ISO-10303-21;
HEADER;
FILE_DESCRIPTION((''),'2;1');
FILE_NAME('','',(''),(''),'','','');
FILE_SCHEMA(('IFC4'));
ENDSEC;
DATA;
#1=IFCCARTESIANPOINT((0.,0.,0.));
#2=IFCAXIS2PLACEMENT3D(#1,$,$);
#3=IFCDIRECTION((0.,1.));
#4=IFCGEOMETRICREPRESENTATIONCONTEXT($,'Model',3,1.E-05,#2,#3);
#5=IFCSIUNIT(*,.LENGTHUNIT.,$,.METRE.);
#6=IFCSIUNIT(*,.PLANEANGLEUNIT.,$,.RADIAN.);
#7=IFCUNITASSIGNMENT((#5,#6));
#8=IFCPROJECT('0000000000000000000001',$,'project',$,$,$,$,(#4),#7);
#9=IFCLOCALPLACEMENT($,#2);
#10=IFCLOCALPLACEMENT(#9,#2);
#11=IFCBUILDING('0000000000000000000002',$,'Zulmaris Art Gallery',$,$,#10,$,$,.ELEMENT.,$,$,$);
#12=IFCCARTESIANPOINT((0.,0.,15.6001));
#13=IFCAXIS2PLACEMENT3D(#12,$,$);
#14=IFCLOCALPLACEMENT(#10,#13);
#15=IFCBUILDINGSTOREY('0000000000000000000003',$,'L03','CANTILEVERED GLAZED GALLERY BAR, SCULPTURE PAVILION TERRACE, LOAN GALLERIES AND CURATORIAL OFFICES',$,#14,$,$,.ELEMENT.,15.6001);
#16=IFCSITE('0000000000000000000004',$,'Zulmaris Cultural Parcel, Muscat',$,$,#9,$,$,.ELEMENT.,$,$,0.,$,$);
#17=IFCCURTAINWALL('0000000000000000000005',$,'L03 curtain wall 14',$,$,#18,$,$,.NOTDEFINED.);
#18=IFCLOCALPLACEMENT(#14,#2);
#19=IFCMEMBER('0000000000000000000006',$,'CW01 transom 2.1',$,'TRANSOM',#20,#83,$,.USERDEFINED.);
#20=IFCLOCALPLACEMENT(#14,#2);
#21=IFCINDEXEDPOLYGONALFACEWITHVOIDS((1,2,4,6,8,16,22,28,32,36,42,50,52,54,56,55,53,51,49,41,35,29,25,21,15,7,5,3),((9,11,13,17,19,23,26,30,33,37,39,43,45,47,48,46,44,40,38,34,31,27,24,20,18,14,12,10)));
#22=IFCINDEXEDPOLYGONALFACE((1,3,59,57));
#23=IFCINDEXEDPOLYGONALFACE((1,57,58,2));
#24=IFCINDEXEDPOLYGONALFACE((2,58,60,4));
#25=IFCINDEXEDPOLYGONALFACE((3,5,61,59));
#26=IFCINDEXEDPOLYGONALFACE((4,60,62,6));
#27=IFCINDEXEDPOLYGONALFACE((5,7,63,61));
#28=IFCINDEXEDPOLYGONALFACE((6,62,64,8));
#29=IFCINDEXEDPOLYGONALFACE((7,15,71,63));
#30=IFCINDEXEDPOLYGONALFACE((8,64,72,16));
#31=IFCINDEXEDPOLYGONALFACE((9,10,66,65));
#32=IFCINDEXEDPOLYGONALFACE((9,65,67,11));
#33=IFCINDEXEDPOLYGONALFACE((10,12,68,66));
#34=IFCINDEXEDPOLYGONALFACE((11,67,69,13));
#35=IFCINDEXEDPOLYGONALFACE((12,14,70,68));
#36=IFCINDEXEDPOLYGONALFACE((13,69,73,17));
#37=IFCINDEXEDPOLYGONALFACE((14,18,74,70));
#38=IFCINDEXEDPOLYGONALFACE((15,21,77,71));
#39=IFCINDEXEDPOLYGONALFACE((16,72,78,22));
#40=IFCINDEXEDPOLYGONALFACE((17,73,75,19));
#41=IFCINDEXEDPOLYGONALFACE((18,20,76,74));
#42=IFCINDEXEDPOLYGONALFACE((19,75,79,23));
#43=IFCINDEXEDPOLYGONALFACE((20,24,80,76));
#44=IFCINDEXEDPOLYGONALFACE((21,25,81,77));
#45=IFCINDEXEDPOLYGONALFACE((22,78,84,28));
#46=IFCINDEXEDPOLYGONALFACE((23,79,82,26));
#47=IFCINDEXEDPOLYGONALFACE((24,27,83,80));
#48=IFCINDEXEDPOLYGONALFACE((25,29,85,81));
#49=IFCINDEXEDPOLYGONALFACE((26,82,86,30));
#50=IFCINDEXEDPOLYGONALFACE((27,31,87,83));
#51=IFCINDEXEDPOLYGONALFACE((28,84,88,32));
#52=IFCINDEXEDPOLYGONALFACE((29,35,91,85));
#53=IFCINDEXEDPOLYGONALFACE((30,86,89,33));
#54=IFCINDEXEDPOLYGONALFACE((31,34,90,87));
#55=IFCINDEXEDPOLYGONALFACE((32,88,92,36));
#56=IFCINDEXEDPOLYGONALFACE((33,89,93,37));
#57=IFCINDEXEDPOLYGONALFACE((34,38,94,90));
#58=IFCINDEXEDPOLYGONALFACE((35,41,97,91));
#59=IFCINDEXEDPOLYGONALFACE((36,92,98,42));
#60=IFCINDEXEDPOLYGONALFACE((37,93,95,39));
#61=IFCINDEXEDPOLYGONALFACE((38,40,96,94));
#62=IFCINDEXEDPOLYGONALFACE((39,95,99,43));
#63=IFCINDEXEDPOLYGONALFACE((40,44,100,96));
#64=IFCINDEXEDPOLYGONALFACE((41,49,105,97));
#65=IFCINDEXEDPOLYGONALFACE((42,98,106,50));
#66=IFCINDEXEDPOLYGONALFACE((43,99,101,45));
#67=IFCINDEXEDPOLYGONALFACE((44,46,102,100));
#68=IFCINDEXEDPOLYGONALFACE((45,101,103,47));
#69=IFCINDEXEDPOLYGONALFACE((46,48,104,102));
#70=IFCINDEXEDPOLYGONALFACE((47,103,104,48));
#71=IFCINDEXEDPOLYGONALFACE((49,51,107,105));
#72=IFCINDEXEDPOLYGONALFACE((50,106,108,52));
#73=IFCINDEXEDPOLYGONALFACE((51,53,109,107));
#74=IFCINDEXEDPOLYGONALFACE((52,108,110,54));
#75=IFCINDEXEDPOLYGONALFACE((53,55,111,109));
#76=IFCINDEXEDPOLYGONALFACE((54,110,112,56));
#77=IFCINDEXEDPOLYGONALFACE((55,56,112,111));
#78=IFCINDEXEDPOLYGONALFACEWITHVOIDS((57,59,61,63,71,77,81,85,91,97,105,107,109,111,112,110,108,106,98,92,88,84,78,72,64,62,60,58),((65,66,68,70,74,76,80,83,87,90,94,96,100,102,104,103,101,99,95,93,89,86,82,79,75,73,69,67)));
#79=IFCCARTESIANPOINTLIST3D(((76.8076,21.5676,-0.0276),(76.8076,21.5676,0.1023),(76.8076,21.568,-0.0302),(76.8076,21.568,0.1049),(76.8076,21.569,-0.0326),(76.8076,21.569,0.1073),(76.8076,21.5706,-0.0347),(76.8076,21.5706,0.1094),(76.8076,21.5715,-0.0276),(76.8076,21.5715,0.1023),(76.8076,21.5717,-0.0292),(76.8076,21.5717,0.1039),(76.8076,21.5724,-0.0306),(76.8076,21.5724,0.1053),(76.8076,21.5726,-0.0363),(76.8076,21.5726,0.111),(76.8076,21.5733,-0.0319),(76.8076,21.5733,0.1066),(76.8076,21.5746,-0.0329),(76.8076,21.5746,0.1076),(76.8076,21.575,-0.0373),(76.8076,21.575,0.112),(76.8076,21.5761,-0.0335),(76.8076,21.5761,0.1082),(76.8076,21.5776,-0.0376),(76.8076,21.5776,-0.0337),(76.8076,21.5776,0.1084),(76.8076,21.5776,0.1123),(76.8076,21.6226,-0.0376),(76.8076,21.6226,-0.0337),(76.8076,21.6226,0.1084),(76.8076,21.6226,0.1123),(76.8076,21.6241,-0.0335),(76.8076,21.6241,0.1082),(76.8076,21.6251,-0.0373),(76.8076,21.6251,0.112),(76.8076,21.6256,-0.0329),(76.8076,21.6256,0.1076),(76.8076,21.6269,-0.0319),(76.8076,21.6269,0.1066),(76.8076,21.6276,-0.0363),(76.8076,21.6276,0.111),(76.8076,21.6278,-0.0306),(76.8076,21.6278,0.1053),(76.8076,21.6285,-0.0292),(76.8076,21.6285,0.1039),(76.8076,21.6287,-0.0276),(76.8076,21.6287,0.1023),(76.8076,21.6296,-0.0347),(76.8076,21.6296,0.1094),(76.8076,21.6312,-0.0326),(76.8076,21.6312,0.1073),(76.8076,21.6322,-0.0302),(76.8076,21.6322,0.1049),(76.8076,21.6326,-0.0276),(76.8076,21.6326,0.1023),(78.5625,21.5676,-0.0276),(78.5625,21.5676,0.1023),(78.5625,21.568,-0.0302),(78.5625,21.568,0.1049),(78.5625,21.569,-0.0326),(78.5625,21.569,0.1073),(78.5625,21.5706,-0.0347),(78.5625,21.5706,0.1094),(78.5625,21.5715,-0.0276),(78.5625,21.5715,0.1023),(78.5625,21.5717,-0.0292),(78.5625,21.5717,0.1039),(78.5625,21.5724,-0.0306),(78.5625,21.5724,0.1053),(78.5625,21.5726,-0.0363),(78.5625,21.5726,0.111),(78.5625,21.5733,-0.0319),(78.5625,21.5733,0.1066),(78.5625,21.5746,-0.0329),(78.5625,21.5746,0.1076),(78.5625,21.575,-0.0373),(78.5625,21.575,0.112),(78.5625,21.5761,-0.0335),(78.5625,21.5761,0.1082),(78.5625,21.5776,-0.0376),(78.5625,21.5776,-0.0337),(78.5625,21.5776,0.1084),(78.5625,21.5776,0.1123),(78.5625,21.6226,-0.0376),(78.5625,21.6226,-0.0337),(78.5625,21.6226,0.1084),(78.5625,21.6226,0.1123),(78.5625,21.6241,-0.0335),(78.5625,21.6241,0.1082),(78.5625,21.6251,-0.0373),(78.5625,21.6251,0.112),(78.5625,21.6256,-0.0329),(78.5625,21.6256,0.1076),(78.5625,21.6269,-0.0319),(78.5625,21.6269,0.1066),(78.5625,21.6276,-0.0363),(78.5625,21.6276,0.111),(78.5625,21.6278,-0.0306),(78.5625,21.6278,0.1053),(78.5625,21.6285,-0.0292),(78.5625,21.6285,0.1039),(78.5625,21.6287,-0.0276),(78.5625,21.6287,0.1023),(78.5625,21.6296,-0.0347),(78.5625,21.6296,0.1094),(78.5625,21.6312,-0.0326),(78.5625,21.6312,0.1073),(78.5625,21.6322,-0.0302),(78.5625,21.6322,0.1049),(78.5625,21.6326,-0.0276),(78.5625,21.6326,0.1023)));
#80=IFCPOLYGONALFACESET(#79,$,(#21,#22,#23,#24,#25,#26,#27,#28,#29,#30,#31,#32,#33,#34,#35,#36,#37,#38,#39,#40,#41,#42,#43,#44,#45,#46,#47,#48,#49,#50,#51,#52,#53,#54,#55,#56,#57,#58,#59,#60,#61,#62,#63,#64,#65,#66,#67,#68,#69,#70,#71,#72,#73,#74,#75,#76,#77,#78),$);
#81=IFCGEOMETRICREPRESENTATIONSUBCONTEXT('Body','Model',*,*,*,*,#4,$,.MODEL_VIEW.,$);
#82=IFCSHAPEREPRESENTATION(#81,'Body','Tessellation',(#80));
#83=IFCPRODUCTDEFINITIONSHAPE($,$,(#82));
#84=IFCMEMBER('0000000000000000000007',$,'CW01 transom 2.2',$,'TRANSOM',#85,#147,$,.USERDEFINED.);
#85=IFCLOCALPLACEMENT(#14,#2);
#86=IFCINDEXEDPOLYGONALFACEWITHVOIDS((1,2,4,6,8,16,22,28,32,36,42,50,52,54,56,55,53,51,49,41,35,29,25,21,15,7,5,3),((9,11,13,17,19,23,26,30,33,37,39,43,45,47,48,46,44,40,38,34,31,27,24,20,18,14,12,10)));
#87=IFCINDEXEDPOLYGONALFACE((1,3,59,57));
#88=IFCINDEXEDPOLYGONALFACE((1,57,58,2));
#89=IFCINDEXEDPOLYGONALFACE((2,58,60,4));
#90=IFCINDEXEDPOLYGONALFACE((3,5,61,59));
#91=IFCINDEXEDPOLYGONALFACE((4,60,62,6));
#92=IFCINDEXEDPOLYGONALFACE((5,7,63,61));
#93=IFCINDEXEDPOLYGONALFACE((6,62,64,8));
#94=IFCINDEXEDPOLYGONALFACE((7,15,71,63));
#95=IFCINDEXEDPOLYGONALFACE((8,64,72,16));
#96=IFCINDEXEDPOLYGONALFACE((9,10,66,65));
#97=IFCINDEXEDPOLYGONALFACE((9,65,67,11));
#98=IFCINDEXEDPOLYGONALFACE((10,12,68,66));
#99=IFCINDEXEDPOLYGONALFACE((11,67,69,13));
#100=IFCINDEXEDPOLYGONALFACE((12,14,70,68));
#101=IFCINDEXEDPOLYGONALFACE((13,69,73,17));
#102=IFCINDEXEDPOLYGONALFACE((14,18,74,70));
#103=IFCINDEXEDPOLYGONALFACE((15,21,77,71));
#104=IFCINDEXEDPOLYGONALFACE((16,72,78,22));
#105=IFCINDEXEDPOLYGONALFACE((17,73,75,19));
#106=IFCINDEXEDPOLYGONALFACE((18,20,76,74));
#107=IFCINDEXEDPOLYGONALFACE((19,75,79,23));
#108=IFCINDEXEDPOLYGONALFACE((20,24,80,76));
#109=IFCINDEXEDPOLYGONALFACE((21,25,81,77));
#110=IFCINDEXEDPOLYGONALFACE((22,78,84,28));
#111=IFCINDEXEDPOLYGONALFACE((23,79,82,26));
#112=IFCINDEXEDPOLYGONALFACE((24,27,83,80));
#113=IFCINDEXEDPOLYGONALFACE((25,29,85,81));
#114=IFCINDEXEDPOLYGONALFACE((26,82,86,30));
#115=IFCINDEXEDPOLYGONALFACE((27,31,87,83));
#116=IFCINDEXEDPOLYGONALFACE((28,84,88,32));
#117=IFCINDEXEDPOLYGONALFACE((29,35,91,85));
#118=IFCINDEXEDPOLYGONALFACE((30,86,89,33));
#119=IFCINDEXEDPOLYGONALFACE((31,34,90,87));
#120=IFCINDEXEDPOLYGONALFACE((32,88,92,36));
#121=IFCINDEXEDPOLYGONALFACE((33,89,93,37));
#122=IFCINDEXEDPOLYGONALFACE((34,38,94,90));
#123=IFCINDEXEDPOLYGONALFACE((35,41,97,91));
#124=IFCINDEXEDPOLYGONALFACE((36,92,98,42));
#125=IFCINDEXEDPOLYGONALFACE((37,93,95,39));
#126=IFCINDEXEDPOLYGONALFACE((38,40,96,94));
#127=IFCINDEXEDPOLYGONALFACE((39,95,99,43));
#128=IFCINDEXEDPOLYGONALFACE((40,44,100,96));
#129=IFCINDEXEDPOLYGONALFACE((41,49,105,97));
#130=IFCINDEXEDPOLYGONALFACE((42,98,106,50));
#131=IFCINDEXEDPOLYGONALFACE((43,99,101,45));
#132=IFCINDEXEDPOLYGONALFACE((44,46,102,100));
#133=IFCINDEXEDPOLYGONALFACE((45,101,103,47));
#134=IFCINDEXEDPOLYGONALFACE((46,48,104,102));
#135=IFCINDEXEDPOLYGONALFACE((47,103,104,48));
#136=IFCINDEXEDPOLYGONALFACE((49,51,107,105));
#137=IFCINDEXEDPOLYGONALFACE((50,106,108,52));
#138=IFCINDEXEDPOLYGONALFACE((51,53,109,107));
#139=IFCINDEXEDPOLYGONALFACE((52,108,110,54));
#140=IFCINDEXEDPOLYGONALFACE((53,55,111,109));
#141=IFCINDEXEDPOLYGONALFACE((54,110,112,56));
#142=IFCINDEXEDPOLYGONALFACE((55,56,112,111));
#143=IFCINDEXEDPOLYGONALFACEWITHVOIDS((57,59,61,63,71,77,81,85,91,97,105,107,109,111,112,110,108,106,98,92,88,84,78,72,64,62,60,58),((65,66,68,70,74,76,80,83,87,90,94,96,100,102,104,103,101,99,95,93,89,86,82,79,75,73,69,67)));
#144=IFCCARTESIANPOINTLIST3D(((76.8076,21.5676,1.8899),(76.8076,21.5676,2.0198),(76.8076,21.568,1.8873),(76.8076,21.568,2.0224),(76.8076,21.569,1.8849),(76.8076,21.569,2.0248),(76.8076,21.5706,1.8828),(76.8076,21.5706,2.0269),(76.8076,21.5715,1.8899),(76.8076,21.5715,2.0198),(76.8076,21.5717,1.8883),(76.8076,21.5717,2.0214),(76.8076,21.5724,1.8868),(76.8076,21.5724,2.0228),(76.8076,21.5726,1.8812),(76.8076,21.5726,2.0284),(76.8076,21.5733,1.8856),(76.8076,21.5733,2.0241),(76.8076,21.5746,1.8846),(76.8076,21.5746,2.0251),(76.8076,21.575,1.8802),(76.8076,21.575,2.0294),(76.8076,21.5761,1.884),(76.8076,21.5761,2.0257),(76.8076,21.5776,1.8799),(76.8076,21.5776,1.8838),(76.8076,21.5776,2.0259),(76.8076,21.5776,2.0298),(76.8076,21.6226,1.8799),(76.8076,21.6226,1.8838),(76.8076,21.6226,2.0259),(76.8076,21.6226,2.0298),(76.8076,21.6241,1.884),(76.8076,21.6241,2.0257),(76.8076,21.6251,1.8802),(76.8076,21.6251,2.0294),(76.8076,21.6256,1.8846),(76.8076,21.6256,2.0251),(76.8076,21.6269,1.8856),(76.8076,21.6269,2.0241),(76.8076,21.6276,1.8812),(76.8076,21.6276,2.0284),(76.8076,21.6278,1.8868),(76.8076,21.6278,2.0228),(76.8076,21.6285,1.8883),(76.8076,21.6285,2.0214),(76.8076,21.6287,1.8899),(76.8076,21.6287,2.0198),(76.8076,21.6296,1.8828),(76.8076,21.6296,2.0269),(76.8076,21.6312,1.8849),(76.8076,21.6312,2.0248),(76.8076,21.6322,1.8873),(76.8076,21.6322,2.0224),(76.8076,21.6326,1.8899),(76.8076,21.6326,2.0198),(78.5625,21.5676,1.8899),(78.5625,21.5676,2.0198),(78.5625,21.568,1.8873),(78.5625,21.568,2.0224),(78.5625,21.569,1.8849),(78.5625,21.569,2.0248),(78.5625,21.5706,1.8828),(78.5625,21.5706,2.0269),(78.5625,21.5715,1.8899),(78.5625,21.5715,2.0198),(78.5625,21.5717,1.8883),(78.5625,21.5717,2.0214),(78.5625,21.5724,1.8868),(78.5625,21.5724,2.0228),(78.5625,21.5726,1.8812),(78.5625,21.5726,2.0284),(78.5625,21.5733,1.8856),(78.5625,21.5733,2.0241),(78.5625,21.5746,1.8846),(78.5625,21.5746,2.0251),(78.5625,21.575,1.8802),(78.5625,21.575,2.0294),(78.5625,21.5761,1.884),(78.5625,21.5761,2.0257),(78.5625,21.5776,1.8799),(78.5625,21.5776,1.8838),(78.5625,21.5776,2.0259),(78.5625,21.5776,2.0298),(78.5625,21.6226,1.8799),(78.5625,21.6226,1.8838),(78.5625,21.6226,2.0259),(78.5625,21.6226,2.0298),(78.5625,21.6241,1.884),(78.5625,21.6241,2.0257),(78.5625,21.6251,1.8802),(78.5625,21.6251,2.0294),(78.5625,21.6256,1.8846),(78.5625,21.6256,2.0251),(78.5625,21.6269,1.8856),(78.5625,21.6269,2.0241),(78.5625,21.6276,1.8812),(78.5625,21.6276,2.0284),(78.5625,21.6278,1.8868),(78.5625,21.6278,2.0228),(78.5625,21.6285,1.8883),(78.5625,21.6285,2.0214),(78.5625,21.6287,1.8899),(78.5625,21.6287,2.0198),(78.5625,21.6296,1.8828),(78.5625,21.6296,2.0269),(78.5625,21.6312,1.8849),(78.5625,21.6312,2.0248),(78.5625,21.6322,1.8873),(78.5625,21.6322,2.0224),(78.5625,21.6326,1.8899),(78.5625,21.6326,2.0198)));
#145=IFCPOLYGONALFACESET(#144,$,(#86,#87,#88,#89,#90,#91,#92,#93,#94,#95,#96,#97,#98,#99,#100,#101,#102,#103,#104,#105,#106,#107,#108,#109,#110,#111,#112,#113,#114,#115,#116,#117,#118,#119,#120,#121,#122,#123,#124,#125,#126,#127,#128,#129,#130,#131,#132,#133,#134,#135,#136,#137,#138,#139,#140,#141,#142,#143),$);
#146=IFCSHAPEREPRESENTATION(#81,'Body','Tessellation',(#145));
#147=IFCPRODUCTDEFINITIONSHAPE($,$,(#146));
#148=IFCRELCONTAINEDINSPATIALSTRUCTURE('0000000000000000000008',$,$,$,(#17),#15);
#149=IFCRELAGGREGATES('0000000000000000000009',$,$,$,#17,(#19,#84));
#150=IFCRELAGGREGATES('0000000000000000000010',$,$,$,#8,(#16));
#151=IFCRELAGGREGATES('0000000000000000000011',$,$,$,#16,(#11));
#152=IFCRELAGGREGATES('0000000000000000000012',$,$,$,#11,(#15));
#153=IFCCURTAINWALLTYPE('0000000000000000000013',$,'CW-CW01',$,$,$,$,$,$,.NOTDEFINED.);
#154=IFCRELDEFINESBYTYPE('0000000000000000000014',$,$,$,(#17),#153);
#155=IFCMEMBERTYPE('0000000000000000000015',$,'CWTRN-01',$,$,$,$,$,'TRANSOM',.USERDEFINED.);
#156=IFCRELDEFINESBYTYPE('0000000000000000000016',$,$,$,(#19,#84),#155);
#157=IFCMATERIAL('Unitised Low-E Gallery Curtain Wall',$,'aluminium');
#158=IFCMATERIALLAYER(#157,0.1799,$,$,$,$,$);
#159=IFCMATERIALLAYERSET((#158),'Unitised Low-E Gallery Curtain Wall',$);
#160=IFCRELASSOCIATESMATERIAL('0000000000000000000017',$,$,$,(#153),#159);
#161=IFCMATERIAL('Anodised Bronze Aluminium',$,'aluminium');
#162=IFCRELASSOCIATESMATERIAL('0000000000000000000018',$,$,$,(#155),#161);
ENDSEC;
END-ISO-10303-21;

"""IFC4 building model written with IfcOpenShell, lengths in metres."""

from ifc_helpers import new_model, si_unit, direction, frame, origin, origin_2d, place, context, subcontext, project, spatial, hollow_rectangle, extrude, material, layer, layer_set, material_profile, profile_set, type_object, element, aggregate, save


model = new_model("IFC4")

# Units and contexts
model_context = context("Model", 3, precision=1e-05, world=origin(), true_north=direction((0.0, 1.0)))
body_context = subcontext(model_context, "Body", "Model", "MODEL_VIEW")
ifc_project = project(units=[si_unit("LENGTHUNIT", "METRE"), si_unit("PLANEANGLEUNIT", "RADIAN")], contexts=[model_context])

# Site, building, storey
site_placement = place(None, origin())
site = spatial("IfcSite", under=ifc_project, at=site_placement, Name="Zulmaris Cultural Parcel, Muscat", CompositionType="ELEMENT", RefElevation=0.0)
building_placement = place(site_placement, origin())
building = spatial("IfcBuilding", under=site, at=building_placement, Name="Zulmaris Art Gallery", CompositionType="ELEMENT")
storey_placement = place(building_placement, frame((0.0, 0.0, 15.6001)))
storey = spatial("IfcBuildingStorey", under=building, at=storey_placement, Name="L03", Description="CANTILEVERED GLAZED GALLERY BAR, SCULPTURE PAVILION TERRACE, LOAN GALLERIES AND CURATORIAL OFFICES", CompositionType="ELEMENT", Elevation=15.6001)

# Curtain wall
ifc_material_1 = material(Name="Unitised Low-E Gallery Curtain Wall", Category="aluminium")
ifc_layer_1 = layer(ifc_material_1, 0.1799)
ifc_layer_set_1 = layer_set([ifc_layer_1], Name="Unitised Low-E Gallery Curtain Wall")
curtain_wall_type_1 = type_object("IfcCurtainWallType", Name="CW-CW01", PredefinedType="NOTDEFINED", material=ifc_layer_set_1)
curtain_wall_1_placement = place(storey_placement, origin())
curtain_wall_1 = element("IfcCurtainWall", 1, at=curtain_wall_1_placement, inside=storey, type_object=curtain_wall_type_1, Name="L03 curtain wall 14", PredefinedType="NOTDEFINED")
ifc_material_2 = material(Name="Anodised Bronze Aluminium", Category="aluminium")

# Members
ifc_material_profile_1 = material_profile(ifc_material_2, hollow_rectangle(XDim=0.0649, YDim=0.1499, WallThickness=0.0039, InnerFilletRadius=0.0061, OuterFilletRadius=0.01, at=origin_2d()), Name="ALU 65x150x4")
ifc_profile_set_1 = profile_set([ifc_material_profile_1], Name="Anodised Bronze Aluminium")
member_type_1 = type_object("IfcMemberType", Name="CWTRN-01", ElementType="TRANSOM", PredefinedType="USERDEFINED", material=ifc_profile_set_1)
member_1_placement = place(storey_placement, frame((76.8076, 21.6001, 0.0374), z_axis=(1.0, 0.0, 0.0), x_axis=(0.0, 1.0, 0.0)))
member_1 = element("IfcMember", 2, at=member_1_placement, type_object=member_type_1, Name="CW01 transom 2.1", ObjectType="TRANSOM", PredefinedType="USERDEFINED", context=body_context, shape_type="SweptSolid", body=[
    extrude(hollow_rectangle(XDim=0.0649, YDim=0.1499, WallThickness=0.0039, InnerFilletRadius=0.0061, OuterFilletRadius=0.01, at=origin_2d()), origin(), (0.0, 0.0, 1.0), 1.7549),
])
member_2_placement = place(storey_placement, frame((76.8076, 21.6001, 1.9548), z_axis=(1.0, 0.0, 0.0), x_axis=(0.0, 1.0, 0.0)))
member_2 = element("IfcMember", 3, at=member_2_placement, type_object=member_type_1, Name="CW01 transom 2.2", ObjectType="TRANSOM", PredefinedType="USERDEFINED", context=body_context, shape_type="SweptSolid", body=[
    extrude(hollow_rectangle(XDim=0.0649, YDim=0.1499, WallThickness=0.0039, InnerFilletRadius=0.0061, OuterFilletRadius=0.01, at=origin_2d()), origin(), (0.0, 0.0, 1.0), 1.7549),
])

aggregate(curtain_wall_1, [member_1, member_2])

save(model, "model.ifc")
